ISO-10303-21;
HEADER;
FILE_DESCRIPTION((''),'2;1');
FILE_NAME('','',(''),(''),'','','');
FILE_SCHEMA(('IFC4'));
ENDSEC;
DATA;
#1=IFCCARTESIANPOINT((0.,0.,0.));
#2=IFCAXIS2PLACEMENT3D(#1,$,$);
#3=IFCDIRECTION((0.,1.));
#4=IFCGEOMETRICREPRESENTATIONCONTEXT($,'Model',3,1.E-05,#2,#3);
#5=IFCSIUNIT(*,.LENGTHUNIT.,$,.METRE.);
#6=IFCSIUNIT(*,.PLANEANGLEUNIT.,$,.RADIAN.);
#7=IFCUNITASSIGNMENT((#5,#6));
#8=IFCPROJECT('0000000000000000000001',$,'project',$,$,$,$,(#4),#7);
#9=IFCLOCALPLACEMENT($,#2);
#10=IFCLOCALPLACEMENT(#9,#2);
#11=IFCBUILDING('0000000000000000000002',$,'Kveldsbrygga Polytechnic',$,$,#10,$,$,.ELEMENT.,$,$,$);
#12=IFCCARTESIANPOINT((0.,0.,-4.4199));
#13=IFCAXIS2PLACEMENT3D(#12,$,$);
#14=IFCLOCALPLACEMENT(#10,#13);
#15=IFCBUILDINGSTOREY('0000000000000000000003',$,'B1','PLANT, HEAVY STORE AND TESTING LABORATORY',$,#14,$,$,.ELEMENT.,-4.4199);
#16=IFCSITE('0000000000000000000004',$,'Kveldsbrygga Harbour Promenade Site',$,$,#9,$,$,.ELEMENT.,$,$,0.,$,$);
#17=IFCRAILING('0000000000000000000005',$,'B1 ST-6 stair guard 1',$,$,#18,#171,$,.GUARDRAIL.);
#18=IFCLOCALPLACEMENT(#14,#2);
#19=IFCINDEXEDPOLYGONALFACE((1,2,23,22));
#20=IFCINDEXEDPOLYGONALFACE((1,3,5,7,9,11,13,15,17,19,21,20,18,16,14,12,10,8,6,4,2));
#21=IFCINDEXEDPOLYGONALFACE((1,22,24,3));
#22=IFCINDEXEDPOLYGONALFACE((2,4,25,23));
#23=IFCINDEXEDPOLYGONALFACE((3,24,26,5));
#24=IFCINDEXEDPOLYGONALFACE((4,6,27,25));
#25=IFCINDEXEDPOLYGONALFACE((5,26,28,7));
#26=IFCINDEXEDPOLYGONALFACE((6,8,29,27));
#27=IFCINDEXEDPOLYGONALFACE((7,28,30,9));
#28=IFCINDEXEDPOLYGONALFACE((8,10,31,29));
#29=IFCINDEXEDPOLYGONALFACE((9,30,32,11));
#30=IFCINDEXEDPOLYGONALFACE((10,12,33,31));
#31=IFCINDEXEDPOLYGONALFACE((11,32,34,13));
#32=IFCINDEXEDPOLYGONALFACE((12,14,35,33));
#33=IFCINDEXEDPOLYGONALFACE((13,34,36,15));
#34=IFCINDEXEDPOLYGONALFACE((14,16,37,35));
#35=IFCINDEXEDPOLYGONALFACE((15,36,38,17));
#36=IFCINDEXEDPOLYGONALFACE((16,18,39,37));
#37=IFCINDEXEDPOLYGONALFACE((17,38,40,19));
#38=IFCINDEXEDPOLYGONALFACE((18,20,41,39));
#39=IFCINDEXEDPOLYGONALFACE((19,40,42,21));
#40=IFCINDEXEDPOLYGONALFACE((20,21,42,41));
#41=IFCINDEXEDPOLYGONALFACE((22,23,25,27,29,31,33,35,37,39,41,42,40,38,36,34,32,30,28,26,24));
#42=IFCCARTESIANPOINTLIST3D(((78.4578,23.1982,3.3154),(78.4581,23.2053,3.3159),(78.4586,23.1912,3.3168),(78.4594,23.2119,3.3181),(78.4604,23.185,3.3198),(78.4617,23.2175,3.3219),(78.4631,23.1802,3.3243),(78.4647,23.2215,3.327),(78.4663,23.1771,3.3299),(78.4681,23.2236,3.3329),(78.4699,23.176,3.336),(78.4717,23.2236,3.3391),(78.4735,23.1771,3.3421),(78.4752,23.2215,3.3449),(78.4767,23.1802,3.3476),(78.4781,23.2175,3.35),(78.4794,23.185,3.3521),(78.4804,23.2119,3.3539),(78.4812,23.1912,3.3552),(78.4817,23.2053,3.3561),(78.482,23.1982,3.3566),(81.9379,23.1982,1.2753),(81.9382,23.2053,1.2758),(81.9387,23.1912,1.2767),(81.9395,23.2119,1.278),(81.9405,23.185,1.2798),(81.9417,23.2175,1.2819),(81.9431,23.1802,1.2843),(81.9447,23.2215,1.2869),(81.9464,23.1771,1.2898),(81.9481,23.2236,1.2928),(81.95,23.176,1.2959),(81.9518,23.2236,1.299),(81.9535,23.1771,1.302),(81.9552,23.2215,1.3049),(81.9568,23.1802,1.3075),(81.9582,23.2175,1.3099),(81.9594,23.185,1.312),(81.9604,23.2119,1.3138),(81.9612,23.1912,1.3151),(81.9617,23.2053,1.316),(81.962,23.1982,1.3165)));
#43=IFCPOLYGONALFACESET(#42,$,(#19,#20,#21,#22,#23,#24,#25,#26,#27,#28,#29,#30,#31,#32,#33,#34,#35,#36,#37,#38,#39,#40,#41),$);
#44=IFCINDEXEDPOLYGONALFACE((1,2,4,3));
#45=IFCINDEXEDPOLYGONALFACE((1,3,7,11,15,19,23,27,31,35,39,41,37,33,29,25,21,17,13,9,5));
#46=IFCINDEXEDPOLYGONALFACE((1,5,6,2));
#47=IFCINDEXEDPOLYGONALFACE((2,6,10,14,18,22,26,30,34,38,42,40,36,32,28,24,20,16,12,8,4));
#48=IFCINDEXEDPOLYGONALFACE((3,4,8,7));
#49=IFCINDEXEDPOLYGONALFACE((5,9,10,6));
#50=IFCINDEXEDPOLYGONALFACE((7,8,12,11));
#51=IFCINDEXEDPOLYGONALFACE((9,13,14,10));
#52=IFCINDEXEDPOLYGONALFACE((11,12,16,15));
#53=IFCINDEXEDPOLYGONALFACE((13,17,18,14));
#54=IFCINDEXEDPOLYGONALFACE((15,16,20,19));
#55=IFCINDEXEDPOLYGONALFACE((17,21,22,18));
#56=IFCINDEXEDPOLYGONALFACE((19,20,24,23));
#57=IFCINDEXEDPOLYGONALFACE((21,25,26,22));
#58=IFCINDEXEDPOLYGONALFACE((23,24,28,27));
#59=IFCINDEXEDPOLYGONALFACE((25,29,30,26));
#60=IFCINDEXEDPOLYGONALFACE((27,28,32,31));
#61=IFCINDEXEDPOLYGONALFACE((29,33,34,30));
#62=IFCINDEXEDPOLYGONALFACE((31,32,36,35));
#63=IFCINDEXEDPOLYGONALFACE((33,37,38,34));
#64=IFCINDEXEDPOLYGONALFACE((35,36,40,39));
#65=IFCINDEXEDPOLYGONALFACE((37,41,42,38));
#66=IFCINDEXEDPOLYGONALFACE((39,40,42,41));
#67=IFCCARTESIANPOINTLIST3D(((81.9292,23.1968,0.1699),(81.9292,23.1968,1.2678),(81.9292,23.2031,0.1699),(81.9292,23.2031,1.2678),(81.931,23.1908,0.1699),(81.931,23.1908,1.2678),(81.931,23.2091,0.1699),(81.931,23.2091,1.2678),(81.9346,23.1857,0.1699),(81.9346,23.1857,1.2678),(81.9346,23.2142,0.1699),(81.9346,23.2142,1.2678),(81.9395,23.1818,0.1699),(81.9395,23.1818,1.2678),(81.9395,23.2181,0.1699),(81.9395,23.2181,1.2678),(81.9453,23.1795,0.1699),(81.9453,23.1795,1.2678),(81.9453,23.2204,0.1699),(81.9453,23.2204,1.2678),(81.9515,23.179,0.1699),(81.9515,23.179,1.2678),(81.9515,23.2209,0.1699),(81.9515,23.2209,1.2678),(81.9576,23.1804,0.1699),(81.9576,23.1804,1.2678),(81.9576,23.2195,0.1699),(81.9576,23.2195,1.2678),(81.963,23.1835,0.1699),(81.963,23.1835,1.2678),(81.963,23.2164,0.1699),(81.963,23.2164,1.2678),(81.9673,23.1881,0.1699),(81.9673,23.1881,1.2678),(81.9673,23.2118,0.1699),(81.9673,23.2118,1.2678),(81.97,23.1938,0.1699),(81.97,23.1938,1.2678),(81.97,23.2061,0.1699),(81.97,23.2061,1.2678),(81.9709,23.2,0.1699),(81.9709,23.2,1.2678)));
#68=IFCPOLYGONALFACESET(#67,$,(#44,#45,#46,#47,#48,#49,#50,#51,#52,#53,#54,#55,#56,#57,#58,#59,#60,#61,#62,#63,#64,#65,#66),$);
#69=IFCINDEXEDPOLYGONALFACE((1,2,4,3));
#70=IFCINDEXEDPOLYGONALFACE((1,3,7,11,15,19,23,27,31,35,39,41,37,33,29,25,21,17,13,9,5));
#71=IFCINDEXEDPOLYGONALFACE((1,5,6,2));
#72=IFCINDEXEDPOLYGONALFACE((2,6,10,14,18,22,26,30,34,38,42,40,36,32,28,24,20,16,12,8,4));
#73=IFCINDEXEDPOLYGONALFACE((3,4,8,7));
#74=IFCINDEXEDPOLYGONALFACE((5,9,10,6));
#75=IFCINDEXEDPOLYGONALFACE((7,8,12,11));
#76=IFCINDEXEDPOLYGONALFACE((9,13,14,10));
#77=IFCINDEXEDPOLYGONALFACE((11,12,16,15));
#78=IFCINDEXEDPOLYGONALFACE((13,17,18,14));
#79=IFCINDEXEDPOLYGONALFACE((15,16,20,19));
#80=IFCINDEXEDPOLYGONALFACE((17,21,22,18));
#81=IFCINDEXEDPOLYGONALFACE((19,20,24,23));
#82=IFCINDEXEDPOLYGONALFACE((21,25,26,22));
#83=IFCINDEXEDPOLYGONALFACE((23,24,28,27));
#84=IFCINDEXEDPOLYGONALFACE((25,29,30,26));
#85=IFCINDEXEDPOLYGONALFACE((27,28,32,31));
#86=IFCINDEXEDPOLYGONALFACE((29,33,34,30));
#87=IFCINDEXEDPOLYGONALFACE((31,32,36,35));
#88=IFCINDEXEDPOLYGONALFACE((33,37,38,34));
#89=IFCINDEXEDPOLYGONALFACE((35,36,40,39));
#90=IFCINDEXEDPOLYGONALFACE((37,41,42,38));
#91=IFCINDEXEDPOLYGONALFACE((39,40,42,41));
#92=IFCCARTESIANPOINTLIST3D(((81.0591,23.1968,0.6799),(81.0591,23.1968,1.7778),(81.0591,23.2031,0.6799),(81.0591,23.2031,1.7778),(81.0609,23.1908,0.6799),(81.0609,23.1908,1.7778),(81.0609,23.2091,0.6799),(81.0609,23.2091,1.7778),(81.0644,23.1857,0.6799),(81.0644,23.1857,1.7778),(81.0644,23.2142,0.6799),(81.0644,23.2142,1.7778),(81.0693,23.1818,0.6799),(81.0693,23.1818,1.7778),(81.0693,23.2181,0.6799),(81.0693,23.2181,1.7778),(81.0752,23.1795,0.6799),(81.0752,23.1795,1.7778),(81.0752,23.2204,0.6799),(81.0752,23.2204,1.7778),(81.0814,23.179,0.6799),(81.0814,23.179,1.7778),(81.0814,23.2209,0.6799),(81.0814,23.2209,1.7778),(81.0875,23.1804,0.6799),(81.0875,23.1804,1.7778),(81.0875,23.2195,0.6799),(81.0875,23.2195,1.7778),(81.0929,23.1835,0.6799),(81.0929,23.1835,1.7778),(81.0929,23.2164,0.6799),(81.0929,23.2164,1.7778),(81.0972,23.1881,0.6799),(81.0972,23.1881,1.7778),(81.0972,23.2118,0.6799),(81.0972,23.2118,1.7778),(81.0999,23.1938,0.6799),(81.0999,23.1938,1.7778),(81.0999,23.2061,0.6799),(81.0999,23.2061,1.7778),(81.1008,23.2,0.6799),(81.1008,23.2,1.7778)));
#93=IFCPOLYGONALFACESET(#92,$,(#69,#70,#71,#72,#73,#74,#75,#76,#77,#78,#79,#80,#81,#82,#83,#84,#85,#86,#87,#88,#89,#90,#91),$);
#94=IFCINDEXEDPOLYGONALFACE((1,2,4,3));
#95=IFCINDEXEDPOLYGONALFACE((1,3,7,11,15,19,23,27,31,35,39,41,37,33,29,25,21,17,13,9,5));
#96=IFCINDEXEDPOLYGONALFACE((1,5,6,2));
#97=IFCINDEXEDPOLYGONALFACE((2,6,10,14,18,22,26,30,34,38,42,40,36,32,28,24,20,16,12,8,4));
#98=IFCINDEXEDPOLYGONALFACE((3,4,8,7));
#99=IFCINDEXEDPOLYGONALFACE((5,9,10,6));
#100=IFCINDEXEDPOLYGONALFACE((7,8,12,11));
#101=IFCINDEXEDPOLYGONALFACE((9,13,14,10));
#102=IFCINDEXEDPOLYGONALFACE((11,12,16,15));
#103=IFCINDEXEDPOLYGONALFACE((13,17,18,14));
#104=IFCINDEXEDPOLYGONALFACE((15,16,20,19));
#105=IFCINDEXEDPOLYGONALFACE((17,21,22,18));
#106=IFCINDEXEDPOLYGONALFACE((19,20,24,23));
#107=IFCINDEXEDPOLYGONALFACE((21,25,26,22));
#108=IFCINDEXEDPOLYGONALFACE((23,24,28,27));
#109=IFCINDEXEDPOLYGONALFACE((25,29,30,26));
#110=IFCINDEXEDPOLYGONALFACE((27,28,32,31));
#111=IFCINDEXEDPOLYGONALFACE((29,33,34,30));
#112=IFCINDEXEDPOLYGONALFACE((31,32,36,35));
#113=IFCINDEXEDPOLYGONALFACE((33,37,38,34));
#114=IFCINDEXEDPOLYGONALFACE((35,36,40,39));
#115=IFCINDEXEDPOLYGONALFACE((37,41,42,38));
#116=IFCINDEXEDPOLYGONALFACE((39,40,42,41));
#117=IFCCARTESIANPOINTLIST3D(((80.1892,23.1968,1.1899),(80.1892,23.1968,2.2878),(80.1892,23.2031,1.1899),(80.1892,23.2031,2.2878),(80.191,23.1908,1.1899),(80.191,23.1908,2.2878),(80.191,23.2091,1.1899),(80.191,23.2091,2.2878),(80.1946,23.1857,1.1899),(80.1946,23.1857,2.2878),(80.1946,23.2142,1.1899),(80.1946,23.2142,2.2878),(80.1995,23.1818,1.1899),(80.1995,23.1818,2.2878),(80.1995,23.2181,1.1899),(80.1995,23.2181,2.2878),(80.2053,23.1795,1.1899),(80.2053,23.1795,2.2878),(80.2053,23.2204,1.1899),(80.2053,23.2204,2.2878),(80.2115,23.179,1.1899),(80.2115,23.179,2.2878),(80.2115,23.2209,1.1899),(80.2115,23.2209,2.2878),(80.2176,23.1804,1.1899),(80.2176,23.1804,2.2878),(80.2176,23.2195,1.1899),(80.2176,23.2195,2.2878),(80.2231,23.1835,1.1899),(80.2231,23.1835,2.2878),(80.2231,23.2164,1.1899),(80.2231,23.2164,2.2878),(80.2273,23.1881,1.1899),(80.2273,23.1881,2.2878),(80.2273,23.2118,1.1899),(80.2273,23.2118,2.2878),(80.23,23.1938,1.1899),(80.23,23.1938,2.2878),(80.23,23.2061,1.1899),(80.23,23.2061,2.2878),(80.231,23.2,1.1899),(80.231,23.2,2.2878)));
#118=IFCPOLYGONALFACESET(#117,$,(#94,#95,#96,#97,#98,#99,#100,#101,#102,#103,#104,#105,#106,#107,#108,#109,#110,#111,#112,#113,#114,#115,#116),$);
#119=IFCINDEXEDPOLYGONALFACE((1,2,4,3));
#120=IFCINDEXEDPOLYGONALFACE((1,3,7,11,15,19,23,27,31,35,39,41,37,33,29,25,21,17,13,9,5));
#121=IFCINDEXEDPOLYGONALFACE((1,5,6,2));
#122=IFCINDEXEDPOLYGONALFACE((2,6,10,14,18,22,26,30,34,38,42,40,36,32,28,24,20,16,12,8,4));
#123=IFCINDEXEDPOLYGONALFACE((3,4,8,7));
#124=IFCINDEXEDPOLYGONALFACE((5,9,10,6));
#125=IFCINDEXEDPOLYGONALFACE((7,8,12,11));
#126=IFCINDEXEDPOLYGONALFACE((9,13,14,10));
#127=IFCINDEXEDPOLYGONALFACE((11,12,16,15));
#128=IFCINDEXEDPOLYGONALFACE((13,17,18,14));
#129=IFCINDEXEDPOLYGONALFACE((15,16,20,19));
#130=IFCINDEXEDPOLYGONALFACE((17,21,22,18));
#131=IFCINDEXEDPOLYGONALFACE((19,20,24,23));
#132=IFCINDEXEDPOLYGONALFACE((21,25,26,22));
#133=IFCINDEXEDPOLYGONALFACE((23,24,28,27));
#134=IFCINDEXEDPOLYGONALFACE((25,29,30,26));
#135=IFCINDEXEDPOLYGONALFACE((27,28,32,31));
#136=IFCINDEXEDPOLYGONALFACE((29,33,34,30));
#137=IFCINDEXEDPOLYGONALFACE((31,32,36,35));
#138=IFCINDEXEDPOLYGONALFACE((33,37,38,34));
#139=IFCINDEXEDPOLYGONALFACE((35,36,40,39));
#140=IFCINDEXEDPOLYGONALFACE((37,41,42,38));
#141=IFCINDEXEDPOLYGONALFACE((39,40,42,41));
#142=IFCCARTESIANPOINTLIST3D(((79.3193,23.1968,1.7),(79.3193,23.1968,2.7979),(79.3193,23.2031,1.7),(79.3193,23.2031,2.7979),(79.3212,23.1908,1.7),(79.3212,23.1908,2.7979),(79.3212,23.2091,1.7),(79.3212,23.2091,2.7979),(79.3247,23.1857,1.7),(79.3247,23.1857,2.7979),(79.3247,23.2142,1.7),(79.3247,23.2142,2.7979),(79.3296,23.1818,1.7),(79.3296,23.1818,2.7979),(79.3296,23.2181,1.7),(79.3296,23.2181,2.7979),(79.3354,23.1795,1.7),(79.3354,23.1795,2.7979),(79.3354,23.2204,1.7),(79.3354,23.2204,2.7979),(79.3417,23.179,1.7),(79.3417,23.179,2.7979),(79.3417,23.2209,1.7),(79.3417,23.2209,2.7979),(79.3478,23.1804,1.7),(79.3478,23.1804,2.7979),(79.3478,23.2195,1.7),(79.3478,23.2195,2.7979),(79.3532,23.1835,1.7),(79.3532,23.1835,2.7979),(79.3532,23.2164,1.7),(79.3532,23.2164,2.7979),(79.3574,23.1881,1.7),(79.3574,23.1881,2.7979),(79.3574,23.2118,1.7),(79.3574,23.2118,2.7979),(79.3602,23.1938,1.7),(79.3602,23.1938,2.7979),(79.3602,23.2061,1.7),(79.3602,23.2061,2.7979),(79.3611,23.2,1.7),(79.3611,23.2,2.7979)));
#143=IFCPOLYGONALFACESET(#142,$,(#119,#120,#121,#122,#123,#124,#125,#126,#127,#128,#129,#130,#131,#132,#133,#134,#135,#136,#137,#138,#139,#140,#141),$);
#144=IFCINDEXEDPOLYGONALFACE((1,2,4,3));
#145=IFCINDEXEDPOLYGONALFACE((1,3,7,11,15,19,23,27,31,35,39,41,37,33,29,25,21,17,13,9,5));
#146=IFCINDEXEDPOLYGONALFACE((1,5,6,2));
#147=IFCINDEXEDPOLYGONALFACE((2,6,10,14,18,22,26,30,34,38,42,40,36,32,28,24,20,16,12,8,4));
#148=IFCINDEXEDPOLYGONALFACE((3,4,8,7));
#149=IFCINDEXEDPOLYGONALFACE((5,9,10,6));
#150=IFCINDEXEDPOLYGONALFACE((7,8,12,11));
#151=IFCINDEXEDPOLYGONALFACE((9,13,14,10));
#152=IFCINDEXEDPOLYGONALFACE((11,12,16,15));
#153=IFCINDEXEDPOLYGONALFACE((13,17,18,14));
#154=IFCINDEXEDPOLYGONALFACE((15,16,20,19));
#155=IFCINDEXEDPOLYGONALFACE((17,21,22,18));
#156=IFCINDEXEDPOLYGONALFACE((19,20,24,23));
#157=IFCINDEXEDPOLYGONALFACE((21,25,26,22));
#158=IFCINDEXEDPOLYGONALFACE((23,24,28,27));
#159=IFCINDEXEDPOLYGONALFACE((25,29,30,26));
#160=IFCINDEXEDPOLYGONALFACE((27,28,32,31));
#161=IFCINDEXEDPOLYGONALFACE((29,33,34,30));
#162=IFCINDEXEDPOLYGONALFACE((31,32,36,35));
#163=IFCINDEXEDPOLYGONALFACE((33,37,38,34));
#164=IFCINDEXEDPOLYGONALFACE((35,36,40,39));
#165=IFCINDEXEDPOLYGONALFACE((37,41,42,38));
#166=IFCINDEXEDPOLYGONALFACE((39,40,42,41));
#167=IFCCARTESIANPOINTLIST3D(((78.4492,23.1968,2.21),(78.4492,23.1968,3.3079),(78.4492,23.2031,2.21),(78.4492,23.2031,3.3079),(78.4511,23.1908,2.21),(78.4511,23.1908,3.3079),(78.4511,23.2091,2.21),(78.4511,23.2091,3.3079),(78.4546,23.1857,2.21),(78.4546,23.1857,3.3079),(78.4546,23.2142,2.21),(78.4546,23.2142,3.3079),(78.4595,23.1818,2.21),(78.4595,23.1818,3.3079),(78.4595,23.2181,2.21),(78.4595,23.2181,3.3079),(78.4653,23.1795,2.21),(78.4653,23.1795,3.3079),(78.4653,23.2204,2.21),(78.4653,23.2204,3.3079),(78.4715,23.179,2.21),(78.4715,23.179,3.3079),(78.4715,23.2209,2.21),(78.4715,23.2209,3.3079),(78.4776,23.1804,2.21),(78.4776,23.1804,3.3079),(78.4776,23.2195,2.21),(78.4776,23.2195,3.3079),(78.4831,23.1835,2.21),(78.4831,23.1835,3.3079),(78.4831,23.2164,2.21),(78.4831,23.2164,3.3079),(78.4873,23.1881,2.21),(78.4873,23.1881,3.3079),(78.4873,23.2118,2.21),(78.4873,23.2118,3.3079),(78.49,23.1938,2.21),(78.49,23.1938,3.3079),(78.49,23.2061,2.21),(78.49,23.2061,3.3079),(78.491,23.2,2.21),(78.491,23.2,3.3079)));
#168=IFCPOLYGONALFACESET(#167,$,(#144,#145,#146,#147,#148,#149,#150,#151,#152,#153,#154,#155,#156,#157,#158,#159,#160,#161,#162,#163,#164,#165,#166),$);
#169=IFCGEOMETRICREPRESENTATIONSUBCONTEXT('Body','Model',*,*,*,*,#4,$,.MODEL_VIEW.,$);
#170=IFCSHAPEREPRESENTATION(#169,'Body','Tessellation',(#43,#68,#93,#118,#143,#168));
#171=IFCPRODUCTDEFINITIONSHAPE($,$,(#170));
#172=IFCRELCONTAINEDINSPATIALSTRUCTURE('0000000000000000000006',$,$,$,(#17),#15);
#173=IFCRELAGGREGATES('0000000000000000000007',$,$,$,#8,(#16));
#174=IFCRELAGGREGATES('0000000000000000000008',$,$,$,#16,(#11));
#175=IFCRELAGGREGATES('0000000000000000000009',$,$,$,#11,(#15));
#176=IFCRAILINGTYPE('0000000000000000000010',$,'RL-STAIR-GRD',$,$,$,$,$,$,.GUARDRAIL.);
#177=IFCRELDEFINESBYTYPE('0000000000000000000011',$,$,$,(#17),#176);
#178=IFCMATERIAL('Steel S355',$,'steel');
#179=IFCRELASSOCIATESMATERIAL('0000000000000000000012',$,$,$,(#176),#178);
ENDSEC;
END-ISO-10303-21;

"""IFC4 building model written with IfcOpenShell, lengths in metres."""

from ifc_helpers import new_model, si_unit, direction, frame, origin, origin_2d, place, context, subcontext, project, spatial, circle, extrude, material, type_object, element, save


model = new_model("IFC4")

# Units and contexts
model_context = context("Model", 3, precision=1e-05, world=origin(), true_north=direction((0.0, 1.0)))
body_context = subcontext(model_context, "Body", "Model", "MODEL_VIEW")
ifc_project = project(units=[si_unit("LENGTHUNIT", "METRE"), si_unit("PLANEANGLEUNIT", "RADIAN")], contexts=[model_context])

# Site, building, storey
site_placement = place(None, origin())
site = spatial("IfcSite", under=ifc_project, at=site_placement, Name="Kveldsbrygga Harbour Promenade Site", CompositionType="ELEMENT", RefElevation=0.0)
building_placement = place(site_placement, origin())
building = spatial("IfcBuilding", under=site, at=building_placement, Name="Kveldsbrygga Polytechnic", CompositionType="ELEMENT")
storey_placement = place(building_placement, frame((0.0, 0.0, -4.4199)))
storey = spatial("IfcBuildingStorey", under=building, at=storey_placement, Name="B1", Description="PLANT, HEAVY STORE AND TESTING LABORATORY", CompositionType="ELEMENT", Elevation=-4.4199)

# Railing
ifc_material_1 = material(Name="Steel S355", Category="steel")
railing_type_1 = type_object("IfcRailingType", Name="RL-STAIR-GRD", PredefinedType="GUARDRAIL", material=ifc_material_1)
railing_1_placement = place(storey_placement, frame((81.95, 23.2, 0.1699)))
element("IfcRailing", 1, at=railing_1_placement, inside=storey, type_object=railing_type_1, Name="B1 ST-6 stair guard 1", PredefinedType="GUARDRAIL", context=body_context, shape_type="SweptSolid", body=[
    extrude(circle(Radius=0.0239, at=origin_2d()), frame((0.0, 0.0, 1.126), z_axis=(-0.862693, 0.0, 0.505729), x_axis=(0.0, -1.0, 0.0)), (0.0, 0.0, 1.0), 4.0339),
    extrude(circle(Radius=0.021, at=origin_2d()), origin(), (0.0, 0.0, 1.0), 1.0979),
    extrude(circle(Radius=0.021, at=origin_2d()), frame((-0.8701, 0.0, 0.51)), (0.0, 0.0, 1.0), 1.0979),
    extrude(circle(Radius=0.021, at=origin_2d()), frame((-1.74, 0.0, 1.02)), (0.0, 0.0, 1.0), 1.0979),
    extrude(circle(Radius=0.021, at=origin_2d()), frame((-2.6099, 0.0, 1.53)), (0.0, 0.0, 1.0), 1.0979),
    extrude(circle(Radius=0.021, at=origin_2d()), frame((-3.48, 0.0, 2.04)), (0.0, 0.0, 1.0), 1.0979),
])

save(model, "model.ifc")
